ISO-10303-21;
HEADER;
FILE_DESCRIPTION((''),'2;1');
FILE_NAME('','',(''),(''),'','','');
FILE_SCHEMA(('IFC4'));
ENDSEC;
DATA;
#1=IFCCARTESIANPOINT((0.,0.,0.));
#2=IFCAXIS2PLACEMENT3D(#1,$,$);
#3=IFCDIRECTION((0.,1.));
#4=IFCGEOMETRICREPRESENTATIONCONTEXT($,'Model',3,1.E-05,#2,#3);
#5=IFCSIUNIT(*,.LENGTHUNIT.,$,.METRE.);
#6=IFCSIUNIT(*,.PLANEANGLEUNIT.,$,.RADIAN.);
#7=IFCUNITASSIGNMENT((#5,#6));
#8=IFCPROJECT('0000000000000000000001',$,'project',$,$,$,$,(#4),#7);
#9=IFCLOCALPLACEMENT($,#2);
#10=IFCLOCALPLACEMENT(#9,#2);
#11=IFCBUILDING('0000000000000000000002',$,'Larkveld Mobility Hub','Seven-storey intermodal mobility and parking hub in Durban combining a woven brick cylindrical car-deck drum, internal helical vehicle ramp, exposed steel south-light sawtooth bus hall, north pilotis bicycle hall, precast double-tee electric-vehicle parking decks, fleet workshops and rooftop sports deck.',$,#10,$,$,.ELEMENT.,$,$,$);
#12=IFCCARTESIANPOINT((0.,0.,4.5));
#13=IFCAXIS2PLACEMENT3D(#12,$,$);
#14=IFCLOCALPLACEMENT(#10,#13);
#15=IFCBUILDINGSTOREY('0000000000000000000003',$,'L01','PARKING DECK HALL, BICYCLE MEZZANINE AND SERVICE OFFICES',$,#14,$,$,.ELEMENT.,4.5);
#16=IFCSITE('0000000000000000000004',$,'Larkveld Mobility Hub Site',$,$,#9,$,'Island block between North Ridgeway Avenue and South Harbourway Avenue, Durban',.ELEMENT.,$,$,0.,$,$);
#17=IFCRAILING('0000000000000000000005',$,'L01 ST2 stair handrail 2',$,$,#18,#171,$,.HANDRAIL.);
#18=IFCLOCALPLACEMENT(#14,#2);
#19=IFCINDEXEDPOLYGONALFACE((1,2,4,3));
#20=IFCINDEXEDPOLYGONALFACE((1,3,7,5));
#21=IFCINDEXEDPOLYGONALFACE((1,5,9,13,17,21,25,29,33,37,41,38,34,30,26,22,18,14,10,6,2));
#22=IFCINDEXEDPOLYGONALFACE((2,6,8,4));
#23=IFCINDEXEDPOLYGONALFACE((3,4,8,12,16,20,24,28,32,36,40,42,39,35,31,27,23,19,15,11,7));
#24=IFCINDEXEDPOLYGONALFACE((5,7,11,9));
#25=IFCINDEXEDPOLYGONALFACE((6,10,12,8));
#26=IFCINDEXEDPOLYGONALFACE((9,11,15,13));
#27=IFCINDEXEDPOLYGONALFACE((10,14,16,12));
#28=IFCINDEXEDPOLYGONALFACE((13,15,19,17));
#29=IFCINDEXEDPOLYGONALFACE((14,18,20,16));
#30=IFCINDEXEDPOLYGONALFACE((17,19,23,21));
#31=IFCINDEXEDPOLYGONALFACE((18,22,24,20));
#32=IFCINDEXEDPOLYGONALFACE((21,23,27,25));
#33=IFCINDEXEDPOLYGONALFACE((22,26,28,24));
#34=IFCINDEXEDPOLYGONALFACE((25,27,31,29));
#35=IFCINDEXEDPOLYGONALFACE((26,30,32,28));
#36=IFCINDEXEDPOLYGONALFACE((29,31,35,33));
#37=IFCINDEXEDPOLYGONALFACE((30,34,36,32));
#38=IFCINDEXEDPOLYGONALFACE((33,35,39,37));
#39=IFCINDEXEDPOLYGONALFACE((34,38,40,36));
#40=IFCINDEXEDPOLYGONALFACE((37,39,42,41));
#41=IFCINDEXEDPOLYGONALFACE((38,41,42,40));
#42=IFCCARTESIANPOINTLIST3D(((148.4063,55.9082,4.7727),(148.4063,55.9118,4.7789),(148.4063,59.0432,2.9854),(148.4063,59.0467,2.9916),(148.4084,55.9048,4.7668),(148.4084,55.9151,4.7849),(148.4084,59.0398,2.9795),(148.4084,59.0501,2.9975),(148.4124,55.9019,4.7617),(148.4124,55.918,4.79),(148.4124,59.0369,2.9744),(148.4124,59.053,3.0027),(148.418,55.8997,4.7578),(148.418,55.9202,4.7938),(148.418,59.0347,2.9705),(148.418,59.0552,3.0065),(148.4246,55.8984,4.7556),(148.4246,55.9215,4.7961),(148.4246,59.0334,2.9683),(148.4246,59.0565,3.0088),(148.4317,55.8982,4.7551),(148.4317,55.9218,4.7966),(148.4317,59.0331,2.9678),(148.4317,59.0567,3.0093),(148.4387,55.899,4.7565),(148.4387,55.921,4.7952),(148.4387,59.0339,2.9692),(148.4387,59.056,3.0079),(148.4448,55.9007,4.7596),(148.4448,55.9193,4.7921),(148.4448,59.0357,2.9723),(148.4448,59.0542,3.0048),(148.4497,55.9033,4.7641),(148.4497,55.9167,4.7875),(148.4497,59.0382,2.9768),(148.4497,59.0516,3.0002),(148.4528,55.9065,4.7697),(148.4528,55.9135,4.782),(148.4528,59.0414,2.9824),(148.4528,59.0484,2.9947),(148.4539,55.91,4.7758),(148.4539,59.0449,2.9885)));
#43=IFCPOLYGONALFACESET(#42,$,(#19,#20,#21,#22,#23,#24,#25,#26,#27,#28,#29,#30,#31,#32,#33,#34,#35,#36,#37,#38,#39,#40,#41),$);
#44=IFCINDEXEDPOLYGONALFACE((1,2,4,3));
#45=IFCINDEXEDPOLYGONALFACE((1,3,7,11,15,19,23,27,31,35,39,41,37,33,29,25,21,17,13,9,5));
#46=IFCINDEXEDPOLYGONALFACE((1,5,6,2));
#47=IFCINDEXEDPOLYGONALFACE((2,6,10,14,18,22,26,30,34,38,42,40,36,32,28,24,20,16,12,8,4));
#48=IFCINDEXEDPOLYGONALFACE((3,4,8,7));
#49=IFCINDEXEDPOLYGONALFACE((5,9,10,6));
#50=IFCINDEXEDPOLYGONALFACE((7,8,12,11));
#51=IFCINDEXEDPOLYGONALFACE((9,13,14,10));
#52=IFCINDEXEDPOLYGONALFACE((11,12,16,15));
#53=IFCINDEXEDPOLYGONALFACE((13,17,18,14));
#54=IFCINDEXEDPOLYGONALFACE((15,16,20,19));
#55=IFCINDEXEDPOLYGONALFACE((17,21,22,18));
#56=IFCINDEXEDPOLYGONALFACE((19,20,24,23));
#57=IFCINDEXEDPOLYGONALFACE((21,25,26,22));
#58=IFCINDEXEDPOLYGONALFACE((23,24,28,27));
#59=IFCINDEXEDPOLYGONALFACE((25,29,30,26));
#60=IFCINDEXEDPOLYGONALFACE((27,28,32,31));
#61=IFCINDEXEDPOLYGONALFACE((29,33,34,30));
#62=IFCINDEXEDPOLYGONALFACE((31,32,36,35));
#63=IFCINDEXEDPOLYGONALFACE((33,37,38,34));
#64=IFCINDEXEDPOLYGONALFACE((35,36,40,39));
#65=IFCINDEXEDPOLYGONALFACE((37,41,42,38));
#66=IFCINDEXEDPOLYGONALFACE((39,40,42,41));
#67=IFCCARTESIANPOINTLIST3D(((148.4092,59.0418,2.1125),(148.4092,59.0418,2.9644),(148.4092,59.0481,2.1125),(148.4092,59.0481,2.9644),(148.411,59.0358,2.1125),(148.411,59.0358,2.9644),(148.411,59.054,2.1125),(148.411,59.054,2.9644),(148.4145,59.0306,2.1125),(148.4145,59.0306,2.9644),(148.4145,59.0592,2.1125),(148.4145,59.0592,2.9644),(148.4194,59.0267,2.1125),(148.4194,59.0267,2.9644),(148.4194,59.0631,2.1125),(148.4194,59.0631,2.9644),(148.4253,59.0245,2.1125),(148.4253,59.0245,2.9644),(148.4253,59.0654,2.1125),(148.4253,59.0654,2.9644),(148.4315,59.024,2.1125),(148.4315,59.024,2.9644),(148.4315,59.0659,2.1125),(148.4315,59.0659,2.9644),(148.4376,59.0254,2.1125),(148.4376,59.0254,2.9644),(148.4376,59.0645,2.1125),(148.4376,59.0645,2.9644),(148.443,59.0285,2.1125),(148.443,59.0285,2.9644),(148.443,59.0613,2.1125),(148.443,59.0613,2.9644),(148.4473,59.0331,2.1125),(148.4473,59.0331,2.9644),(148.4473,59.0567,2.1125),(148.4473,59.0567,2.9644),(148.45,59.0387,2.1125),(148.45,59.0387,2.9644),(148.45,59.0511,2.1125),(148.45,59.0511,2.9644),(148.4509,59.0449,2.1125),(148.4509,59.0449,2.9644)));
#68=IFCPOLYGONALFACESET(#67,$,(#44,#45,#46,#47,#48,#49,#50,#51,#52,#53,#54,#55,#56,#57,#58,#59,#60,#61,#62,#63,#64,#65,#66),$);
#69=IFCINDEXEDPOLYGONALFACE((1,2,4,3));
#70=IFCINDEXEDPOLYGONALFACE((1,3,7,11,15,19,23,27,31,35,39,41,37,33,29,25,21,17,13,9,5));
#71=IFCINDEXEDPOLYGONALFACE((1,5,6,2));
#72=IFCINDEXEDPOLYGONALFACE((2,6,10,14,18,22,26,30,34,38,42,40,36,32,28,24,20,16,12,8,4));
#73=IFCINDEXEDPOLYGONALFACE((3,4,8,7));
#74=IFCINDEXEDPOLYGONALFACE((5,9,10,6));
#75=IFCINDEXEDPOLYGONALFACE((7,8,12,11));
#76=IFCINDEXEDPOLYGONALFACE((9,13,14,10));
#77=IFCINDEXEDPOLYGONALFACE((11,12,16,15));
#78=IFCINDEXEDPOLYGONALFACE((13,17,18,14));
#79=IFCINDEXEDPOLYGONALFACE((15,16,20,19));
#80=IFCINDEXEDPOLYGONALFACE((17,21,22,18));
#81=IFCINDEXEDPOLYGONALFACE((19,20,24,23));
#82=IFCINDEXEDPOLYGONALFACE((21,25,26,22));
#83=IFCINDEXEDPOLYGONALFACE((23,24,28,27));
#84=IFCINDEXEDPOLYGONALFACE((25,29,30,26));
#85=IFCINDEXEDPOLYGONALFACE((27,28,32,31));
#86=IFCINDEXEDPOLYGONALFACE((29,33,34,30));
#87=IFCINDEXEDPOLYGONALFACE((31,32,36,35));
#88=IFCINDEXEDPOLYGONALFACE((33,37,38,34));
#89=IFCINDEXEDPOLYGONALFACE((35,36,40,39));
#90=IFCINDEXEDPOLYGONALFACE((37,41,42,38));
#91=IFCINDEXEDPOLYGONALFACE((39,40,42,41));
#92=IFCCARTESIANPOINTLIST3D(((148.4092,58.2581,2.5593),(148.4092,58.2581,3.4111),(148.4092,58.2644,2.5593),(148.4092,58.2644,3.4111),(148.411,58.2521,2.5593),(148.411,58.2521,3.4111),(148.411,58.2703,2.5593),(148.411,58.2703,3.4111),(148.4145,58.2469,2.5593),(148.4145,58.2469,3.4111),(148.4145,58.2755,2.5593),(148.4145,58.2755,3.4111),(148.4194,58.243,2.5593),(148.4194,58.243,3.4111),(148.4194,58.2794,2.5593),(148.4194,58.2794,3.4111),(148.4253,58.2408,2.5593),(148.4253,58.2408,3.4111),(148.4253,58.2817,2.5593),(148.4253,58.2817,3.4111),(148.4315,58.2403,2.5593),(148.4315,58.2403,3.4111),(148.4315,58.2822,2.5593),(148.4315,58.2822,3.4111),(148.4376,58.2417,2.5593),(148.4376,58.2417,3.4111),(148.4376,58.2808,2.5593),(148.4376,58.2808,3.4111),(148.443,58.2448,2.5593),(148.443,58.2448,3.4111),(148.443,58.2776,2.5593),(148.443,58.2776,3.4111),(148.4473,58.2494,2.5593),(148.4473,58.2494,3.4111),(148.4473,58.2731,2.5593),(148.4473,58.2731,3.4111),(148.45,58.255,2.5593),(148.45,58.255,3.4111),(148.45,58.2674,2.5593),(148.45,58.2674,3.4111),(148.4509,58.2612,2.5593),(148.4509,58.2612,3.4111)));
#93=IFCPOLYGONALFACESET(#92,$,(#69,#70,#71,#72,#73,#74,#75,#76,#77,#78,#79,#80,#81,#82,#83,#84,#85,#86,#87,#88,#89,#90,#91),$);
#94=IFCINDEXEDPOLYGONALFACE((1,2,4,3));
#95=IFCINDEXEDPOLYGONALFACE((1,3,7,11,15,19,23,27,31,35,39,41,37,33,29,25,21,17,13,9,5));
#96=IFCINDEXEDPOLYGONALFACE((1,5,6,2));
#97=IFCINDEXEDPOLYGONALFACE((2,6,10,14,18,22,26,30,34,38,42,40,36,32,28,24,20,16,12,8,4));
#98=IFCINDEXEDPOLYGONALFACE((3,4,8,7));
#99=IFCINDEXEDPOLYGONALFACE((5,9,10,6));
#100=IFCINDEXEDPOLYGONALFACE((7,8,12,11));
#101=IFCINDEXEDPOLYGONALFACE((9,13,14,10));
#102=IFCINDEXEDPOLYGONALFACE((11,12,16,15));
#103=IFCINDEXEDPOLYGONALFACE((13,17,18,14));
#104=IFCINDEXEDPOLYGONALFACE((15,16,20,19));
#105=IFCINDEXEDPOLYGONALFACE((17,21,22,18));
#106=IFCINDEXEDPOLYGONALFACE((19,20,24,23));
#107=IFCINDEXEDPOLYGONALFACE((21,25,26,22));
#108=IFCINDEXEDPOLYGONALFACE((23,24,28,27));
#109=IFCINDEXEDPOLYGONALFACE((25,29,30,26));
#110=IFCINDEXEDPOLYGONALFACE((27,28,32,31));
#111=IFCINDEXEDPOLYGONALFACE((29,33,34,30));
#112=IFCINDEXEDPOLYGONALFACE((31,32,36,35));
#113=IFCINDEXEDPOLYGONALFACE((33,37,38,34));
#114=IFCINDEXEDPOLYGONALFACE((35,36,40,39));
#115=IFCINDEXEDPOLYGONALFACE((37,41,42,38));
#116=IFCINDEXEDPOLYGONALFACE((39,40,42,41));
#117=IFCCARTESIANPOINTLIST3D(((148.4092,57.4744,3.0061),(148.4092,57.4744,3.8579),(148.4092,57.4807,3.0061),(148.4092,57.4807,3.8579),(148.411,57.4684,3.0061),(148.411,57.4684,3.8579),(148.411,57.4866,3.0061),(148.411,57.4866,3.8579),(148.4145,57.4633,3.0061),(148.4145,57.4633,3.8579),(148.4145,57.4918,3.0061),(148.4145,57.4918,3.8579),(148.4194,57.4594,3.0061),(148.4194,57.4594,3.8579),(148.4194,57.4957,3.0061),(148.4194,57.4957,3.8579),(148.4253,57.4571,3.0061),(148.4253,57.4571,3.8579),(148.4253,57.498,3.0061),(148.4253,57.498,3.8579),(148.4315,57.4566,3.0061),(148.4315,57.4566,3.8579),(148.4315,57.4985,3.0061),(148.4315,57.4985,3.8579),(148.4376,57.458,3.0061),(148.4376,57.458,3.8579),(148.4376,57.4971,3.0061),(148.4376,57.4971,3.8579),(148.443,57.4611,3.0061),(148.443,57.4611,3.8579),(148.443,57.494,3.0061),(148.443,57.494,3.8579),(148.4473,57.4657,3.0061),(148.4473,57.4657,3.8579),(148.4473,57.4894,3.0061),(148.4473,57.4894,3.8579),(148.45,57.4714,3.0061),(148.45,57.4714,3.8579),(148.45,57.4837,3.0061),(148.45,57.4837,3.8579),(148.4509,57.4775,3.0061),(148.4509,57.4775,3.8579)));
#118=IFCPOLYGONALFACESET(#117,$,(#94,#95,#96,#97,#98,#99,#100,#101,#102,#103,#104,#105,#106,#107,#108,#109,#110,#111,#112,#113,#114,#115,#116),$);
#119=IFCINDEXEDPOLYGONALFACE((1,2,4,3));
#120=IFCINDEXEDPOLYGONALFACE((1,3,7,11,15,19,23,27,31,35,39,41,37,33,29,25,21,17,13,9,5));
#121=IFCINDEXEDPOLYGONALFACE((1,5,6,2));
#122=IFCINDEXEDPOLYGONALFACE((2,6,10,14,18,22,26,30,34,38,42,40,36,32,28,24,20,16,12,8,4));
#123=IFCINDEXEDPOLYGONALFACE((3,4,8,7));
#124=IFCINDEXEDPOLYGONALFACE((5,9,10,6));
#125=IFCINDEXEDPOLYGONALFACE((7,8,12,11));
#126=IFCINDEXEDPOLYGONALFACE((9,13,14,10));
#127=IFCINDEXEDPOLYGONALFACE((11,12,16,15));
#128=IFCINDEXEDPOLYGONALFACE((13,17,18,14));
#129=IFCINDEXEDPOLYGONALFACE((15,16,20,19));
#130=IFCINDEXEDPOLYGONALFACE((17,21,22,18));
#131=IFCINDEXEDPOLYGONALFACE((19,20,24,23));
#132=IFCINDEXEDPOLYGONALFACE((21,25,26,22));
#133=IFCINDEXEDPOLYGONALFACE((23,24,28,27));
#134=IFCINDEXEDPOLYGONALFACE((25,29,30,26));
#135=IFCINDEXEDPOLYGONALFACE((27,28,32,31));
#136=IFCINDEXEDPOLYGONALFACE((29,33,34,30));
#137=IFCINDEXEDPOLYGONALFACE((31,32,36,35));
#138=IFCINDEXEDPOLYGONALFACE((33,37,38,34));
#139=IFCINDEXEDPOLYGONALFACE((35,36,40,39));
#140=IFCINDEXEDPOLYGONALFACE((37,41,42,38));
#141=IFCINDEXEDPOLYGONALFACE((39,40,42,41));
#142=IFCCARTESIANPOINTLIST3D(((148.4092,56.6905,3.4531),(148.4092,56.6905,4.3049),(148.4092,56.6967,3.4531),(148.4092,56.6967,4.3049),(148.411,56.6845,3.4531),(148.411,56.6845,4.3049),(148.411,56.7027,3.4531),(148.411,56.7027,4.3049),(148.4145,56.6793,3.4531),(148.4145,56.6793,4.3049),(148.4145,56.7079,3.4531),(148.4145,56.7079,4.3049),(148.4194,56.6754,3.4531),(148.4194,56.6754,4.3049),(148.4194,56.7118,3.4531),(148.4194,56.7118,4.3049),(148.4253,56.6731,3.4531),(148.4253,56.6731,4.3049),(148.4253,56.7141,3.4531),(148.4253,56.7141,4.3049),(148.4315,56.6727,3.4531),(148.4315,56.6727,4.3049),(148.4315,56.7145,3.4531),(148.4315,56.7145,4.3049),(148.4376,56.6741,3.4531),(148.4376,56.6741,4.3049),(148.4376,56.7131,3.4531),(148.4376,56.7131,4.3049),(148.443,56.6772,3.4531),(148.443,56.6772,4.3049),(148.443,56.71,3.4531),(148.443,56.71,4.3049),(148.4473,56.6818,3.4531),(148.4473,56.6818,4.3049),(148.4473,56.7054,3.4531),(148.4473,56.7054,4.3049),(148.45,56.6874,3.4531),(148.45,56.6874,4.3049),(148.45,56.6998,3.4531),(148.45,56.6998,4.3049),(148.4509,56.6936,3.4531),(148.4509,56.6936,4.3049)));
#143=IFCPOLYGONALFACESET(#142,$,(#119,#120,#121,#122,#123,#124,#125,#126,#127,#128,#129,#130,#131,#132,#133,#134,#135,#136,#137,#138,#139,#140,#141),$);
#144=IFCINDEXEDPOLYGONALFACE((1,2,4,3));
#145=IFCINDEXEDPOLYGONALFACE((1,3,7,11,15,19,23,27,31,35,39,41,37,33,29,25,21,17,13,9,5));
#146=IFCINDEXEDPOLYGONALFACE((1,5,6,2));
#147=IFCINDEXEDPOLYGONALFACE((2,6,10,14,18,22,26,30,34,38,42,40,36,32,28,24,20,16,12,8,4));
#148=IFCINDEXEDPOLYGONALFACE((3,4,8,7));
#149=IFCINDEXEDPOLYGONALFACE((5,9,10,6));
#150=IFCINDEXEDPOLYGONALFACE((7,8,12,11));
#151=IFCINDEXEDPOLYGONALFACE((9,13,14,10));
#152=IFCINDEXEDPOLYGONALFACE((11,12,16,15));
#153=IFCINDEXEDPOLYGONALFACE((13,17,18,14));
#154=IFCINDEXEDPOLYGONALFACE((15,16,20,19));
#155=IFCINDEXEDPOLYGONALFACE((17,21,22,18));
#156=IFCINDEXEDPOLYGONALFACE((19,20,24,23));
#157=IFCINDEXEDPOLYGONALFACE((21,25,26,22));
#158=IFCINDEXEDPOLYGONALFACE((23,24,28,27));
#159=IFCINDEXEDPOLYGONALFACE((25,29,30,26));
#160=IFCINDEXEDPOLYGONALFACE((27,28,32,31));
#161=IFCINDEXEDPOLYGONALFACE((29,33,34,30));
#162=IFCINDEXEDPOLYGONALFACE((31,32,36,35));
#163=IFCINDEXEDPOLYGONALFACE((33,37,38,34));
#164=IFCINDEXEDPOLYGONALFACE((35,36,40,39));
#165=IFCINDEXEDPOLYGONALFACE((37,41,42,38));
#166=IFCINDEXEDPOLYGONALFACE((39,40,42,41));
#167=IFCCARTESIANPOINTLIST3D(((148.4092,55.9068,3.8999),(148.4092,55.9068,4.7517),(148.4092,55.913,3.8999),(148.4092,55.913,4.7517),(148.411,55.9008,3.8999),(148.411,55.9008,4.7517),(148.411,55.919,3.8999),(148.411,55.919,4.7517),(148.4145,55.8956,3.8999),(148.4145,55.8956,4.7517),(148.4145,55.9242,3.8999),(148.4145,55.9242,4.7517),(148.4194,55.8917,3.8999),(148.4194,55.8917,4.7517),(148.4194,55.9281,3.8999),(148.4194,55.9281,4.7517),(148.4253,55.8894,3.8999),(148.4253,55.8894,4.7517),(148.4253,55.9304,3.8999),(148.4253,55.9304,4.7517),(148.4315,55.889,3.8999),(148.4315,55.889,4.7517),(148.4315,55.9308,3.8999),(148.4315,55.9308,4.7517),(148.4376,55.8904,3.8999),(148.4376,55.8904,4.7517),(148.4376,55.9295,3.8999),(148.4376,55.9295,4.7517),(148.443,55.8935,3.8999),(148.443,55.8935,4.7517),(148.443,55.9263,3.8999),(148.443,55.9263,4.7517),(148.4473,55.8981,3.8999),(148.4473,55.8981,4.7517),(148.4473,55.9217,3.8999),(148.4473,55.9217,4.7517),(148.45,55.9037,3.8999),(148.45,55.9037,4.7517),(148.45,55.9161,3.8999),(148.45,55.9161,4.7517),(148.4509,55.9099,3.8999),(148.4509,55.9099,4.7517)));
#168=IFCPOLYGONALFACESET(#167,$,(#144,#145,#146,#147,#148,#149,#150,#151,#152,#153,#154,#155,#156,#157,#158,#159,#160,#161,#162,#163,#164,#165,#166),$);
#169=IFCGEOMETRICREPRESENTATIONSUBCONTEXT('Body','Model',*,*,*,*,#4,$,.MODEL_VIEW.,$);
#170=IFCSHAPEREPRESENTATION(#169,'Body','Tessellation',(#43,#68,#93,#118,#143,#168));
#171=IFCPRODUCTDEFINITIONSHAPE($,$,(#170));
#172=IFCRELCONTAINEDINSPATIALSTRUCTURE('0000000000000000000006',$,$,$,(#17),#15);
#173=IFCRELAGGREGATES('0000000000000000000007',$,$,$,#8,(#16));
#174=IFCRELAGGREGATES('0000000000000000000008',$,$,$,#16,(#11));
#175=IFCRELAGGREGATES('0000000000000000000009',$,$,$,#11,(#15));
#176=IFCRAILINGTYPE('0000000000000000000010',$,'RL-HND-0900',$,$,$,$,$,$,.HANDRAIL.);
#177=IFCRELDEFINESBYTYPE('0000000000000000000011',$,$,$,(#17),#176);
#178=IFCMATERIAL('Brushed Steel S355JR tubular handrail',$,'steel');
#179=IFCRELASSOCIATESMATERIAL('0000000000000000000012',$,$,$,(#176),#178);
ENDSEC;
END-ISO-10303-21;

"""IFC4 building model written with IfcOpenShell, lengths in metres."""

from ifc_helpers import new_model, si_unit, direction, frame, origin, origin_2d, place, context, subcontext, project, spatial, circle, extrude, material, type_object, element, save


model = new_model("IFC4")

# Units and contexts
model_context = context("Model", 3, precision=1e-05, world=origin(), true_north=direction((0.0, 1.0)))
body_context = subcontext(model_context, "Body", "Model", "MODEL_VIEW")
ifc_project = project(units=[si_unit("LENGTHUNIT", "METRE"), si_unit("PLANEANGLEUNIT", "RADIAN")], contexts=[model_context])

# Site, building, storey
site_placement = place(None, origin())
site = spatial("IfcSite", under=ifc_project, at=site_placement, Name="Larkveld Mobility Hub Site", LongName="Island block between North Ridgeway Avenue and South Harbourway Avenue, Durban", CompositionType="ELEMENT", RefElevation=0.0)
building_placement = place(site_placement, origin())
building = spatial("IfcBuilding", under=site, at=building_placement, Name="Larkveld Mobility Hub", Description="Seven-storey intermodal mobility and parking hub in Durban combining a woven brick cylindrical car-deck drum, internal helical vehicle ramp, exposed steel south-light sawtooth bus hall, north pilotis bicycle hall, precast double-tee electric-vehicle parking decks, fleet workshops and rooftop sports deck.", CompositionType="ELEMENT")
storey_placement = place(building_placement, frame((0.0, 0.0, 4.5)))
storey = spatial("IfcBuildingStorey", under=building, at=storey_placement, Name="L01", Description="PARKING DECK HALL, BICYCLE MEZZANINE AND SERVICE OFFICES", CompositionType="ELEMENT", Elevation=4.5)

# Railing
ifc_material_1 = material(Name="Brushed Steel S355JR tubular handrail", Category="steel")
railing_type_1 = type_object("IfcRailingType", Name="RL-HND-0900", PredefinedType="HANDRAIL", material=ifc_material_1)
railing_1_placement = place(storey_placement, frame((148.4299, 59.0449, 2.1125)))
element("IfcRailing", 1, at=railing_1_placement, inside=storey, type_object=railing_type_1, Name="L01 ST2 stair handrail 2", PredefinedType="HANDRAIL", context=body_context, shape_type="SweptSolid", body=[
    extrude(circle(Radius=0.0239, at=origin_2d()), frame((0.0, 0.0, 0.876), z_axis=(0.0, -0.86873, 0.495286), x_axis=(1.0, 0.0, 0.0)), (0.0, 0.0, 1.0), 3.6086),
    extrude(circle(Radius=0.021, at=origin_2d()), origin(), (0.0, 0.0, 1.0), 0.8518),
    extrude(circle(Radius=0.021, at=origin_2d()), frame((0.0, -0.7837, 0.4468)), (0.0, 0.0, 1.0), 0.8518),
    extrude(circle(Radius=0.021, at=origin_2d()), frame((0.0, -1.5674, 0.8936)), (0.0, 0.0, 1.0), 0.8518),
    extrude(circle(Radius=0.021, at=origin_2d()), frame((0.0, -2.3513, 1.3406)), (0.0, 0.0, 1.0), 0.8518),
    extrude(circle(Radius=0.021, at=origin_2d()), frame((0.0, -3.135, 1.7874)), (0.0, 0.0, 1.0), 0.8518),
])

save(model, "model.ifc")
